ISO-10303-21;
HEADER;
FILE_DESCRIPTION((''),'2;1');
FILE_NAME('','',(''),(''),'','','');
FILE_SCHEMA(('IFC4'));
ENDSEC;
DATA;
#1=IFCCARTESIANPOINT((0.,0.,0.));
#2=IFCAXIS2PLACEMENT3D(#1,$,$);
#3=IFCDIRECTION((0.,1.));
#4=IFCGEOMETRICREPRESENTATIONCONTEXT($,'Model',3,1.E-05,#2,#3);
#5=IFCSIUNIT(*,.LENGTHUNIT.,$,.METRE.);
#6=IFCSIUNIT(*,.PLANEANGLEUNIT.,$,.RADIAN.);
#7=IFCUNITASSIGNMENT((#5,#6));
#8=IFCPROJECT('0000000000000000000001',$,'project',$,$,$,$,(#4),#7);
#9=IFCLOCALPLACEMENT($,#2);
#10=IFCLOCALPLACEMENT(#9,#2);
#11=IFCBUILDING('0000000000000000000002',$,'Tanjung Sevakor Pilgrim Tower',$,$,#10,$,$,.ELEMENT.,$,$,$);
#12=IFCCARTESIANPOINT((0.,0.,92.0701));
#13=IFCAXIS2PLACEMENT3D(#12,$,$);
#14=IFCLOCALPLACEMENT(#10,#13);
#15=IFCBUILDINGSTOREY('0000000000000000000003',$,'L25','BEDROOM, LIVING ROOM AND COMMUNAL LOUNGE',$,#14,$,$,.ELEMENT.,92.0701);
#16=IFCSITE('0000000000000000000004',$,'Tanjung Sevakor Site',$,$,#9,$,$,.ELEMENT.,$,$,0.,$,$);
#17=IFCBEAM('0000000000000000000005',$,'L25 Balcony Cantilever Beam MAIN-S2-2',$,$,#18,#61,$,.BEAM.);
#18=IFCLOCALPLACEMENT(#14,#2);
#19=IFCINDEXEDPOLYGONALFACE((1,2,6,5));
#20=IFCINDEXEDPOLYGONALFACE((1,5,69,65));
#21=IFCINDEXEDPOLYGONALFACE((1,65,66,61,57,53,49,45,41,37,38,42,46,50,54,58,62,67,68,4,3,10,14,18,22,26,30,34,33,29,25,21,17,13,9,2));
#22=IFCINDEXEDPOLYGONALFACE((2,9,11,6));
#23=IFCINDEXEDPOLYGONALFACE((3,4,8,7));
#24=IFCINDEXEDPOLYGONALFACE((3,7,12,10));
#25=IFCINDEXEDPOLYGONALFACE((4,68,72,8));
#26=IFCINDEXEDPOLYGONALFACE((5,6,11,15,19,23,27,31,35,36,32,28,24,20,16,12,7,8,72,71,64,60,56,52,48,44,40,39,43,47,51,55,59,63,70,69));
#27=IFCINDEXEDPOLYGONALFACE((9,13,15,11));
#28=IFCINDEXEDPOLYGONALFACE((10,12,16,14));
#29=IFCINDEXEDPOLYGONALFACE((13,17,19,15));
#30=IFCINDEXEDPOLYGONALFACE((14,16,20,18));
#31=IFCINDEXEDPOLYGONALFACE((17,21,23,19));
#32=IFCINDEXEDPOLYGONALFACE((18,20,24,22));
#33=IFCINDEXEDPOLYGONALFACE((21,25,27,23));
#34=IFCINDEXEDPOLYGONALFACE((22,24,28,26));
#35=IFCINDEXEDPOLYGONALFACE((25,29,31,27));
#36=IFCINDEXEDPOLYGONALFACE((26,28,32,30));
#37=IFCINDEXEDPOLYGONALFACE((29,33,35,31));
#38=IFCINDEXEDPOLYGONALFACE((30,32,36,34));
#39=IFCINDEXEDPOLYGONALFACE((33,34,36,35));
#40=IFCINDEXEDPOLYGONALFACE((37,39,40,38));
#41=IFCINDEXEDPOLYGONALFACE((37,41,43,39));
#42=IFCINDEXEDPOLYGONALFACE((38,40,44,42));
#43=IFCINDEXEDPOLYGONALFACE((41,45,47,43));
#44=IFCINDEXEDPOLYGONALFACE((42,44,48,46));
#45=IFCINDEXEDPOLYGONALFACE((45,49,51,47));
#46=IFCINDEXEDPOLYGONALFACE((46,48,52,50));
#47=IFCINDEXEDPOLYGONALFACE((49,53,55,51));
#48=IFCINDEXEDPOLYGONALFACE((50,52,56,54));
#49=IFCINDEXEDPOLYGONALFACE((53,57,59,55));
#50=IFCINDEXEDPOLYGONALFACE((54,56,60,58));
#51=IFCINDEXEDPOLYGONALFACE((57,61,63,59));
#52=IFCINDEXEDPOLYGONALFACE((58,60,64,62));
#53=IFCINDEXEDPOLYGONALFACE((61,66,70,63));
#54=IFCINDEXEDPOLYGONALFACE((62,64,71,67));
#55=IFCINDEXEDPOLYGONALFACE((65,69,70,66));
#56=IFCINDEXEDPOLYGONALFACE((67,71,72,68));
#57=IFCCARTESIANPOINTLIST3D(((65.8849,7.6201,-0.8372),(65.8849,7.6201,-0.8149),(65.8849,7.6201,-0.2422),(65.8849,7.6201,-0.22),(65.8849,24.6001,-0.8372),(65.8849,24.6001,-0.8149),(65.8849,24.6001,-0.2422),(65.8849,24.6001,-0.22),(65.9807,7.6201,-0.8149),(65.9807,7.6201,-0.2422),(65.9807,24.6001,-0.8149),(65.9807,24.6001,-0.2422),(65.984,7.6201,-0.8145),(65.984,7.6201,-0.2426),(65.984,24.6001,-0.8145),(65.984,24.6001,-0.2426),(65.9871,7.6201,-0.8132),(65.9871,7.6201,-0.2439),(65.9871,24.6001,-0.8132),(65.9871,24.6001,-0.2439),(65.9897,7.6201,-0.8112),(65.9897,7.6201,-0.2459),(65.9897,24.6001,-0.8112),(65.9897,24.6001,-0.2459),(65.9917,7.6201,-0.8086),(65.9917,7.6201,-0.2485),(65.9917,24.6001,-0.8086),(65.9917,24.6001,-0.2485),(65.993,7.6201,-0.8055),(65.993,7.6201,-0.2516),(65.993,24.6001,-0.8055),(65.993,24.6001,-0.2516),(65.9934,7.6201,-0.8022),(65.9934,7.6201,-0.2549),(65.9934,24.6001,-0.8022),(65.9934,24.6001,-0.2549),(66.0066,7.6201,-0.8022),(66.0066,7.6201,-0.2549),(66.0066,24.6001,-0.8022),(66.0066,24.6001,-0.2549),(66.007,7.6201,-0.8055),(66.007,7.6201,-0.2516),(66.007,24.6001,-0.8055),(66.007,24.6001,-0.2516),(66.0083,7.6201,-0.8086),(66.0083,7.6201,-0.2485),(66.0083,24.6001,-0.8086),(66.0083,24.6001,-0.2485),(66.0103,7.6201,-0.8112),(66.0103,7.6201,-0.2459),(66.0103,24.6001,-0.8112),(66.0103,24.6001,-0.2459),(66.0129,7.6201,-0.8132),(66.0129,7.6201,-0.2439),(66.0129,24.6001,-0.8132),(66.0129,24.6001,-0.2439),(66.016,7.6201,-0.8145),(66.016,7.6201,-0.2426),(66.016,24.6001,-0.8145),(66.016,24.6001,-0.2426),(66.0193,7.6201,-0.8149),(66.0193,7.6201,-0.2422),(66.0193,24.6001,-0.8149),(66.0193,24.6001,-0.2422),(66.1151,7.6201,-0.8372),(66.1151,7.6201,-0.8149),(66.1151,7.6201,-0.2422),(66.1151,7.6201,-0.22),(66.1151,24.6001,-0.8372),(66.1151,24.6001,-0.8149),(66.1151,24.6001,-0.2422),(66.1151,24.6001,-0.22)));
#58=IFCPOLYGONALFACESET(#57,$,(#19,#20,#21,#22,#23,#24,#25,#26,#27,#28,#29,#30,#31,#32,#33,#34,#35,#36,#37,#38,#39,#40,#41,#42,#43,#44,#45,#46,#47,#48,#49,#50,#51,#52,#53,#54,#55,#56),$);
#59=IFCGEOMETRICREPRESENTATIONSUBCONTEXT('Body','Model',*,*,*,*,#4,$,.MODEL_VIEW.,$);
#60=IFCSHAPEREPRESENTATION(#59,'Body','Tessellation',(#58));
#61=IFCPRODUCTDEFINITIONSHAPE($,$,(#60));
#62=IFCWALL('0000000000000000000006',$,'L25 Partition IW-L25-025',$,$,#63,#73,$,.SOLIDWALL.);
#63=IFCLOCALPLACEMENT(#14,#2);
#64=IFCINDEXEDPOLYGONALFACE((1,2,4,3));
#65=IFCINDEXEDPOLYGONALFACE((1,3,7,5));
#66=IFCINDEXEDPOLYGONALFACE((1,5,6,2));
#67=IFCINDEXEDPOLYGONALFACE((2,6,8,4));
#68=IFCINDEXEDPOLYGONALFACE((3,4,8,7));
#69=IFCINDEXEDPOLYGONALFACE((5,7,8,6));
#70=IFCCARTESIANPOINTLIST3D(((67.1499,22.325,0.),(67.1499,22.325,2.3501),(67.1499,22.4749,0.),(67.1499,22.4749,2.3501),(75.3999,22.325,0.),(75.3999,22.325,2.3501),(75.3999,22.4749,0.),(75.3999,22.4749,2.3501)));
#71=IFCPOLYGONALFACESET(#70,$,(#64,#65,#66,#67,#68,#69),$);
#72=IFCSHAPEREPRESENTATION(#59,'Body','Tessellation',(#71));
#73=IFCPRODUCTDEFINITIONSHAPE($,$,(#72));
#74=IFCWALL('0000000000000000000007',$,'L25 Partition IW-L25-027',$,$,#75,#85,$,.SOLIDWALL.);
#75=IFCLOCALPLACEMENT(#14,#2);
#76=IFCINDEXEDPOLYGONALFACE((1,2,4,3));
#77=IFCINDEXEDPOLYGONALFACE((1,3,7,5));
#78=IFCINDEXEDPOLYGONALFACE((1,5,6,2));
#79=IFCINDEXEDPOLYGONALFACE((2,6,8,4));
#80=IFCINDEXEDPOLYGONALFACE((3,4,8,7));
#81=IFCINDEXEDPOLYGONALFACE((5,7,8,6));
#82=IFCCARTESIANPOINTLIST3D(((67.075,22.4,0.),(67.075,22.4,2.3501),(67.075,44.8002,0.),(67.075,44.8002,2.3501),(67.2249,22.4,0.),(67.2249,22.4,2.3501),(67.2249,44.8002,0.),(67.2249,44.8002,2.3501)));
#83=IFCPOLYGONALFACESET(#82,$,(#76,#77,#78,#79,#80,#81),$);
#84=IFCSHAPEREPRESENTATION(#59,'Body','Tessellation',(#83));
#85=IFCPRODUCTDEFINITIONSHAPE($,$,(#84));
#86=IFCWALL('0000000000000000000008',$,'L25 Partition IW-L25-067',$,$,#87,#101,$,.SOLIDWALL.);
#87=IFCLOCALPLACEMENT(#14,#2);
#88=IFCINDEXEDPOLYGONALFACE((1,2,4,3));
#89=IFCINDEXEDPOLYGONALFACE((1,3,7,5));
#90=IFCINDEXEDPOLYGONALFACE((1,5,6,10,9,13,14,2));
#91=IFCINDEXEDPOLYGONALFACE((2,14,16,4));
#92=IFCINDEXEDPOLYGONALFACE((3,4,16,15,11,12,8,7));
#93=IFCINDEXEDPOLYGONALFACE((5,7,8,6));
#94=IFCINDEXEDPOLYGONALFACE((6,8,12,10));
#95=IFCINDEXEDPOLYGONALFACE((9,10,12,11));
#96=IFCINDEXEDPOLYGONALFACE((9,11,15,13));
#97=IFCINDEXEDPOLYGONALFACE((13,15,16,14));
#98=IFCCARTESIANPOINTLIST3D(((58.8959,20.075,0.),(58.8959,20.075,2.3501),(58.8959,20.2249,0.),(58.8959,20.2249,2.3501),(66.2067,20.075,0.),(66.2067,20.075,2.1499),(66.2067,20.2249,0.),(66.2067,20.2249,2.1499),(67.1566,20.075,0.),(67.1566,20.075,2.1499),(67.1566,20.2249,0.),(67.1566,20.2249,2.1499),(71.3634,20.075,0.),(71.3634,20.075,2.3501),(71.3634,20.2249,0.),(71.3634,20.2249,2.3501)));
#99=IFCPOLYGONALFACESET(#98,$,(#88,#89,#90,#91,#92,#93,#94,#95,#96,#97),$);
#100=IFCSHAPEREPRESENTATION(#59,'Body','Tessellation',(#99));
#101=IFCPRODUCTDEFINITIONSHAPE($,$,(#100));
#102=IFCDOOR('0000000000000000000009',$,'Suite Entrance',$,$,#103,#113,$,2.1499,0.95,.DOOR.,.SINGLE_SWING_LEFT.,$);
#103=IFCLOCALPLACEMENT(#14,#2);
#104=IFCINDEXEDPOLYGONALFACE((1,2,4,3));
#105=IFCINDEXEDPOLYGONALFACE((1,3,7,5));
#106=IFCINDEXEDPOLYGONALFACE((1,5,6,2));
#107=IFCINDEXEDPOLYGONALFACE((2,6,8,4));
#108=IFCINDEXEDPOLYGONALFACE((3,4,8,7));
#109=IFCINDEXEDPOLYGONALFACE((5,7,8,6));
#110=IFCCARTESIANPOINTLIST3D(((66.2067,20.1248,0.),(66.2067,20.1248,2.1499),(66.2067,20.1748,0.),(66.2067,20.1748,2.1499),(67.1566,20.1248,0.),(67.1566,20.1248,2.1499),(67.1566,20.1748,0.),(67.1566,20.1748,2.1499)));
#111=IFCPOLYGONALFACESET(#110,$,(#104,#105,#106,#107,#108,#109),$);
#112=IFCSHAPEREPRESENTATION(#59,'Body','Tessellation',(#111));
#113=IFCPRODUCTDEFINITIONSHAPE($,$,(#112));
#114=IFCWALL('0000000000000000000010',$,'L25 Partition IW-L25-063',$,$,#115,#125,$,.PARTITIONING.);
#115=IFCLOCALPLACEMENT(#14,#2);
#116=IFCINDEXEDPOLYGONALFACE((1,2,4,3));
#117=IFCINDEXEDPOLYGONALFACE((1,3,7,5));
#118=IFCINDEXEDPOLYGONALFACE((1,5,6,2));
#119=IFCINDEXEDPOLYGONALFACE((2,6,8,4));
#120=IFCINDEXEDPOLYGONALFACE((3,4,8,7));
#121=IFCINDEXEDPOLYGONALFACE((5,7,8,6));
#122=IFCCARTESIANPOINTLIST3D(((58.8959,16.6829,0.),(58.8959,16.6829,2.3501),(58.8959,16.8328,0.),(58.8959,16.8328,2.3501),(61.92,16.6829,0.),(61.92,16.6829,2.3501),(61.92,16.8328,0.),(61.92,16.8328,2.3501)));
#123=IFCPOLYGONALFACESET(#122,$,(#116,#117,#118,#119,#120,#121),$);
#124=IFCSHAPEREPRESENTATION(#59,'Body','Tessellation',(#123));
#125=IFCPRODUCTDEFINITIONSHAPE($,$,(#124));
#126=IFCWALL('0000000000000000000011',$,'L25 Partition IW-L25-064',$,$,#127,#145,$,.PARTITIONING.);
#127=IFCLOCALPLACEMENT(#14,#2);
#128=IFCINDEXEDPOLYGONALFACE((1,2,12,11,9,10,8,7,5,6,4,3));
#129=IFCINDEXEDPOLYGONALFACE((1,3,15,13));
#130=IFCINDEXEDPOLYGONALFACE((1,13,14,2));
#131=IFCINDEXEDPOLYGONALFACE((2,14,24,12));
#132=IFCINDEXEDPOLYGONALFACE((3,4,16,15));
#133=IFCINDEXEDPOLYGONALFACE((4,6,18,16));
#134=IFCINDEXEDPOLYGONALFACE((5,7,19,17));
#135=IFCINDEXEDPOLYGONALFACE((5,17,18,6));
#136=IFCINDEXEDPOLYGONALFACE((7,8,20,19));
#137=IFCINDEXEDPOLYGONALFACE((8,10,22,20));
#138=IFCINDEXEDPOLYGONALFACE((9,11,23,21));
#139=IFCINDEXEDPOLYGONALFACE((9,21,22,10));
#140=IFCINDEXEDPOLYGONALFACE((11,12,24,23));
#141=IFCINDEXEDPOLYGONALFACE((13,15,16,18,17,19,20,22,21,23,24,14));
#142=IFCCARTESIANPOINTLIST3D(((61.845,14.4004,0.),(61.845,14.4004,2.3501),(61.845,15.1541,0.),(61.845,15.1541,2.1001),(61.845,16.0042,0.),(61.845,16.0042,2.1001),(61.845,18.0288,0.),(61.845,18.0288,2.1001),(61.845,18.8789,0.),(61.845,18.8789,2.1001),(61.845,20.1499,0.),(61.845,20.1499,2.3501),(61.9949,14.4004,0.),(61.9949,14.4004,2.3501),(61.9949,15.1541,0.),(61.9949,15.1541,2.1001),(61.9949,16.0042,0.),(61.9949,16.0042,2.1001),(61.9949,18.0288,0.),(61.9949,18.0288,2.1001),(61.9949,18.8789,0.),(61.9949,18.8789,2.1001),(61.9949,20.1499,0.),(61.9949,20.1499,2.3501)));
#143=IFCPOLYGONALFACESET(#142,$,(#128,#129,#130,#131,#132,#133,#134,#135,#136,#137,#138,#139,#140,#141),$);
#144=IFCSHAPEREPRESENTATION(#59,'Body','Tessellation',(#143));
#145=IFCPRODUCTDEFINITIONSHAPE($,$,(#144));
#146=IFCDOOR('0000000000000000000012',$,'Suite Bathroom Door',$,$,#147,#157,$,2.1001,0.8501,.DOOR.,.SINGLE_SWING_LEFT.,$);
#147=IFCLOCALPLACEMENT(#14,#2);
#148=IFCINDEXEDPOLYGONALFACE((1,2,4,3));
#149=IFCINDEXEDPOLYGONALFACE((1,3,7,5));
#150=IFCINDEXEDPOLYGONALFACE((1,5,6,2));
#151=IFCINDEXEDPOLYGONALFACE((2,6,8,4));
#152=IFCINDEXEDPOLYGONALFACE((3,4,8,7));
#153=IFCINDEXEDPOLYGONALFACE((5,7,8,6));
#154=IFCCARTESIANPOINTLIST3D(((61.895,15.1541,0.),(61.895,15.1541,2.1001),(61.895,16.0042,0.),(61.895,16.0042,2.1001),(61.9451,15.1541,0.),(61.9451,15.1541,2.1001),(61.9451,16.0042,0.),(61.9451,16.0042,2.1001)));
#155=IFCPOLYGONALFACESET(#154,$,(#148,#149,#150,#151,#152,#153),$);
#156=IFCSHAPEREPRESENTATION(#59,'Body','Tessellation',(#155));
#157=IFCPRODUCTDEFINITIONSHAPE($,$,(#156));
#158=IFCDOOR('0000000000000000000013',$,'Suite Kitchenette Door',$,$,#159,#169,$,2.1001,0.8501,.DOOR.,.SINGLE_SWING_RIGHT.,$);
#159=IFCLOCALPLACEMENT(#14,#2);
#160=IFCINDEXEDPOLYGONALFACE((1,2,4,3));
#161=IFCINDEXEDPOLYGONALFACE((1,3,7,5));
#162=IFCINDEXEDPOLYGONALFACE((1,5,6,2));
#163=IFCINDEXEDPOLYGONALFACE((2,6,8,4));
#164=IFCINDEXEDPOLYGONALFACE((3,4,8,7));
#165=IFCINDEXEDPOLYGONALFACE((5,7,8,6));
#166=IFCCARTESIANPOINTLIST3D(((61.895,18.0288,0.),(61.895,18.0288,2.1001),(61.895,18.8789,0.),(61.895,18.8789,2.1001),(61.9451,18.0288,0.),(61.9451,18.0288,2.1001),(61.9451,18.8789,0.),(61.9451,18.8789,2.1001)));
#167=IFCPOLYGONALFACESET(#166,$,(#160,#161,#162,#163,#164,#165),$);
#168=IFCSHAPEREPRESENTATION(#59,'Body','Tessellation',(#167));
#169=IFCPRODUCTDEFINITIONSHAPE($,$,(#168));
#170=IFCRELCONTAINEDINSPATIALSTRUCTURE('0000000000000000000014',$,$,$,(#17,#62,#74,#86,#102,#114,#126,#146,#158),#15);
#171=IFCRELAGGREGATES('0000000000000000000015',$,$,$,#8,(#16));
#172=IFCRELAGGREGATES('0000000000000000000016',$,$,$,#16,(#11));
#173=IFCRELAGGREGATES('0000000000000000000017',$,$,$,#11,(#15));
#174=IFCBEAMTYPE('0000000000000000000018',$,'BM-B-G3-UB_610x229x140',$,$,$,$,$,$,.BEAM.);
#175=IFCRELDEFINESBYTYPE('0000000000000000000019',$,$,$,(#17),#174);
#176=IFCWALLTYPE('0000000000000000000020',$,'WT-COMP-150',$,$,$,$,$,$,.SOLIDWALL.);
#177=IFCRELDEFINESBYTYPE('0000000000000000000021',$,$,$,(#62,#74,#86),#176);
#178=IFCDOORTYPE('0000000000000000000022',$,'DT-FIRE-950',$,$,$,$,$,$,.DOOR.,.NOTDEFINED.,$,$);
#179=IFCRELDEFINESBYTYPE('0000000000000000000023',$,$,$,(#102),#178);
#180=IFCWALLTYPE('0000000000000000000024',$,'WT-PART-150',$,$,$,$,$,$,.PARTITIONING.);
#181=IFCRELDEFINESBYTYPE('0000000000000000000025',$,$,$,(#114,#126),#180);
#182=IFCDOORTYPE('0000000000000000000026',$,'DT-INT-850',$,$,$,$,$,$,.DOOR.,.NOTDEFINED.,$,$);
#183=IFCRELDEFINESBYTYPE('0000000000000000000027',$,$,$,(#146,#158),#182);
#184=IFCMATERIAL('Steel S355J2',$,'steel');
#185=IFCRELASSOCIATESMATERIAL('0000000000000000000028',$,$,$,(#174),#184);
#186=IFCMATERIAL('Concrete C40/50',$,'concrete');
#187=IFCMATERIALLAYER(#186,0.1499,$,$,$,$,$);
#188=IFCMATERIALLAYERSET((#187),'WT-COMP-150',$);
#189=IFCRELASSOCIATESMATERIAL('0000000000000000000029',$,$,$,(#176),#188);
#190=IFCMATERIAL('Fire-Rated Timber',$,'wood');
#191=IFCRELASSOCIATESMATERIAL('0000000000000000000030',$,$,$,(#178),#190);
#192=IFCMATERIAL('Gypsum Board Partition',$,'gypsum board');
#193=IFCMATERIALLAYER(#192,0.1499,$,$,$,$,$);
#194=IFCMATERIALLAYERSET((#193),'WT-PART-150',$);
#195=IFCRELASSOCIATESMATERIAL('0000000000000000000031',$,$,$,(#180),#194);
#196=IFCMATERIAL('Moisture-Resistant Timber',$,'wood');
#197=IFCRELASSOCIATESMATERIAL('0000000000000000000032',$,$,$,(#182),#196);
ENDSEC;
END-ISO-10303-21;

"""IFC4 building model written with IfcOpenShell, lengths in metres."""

from ifc_helpers import new_model, si_unit, direction, frame, frame_2d, origin, origin_2d, place, context, subcontext, project, spatial, rectangle, i_section, extrude, material, layer, layer_set, material_profile, profile_set, type_object, element, fill, save


model = new_model("IFC4")

# Units and contexts
model_context = context("Model", 3, precision=1e-05, world=origin(), true_north=direction((0.0, 1.0)))
body_context = subcontext(model_context, "Body", "Model", "MODEL_VIEW")
ifc_project = project(units=[si_unit("LENGTHUNIT", "METRE"), si_unit("PLANEANGLEUNIT", "RADIAN")], contexts=[model_context])

# Site, building, storey
site_placement = place(None, origin())
site = spatial("IfcSite", under=ifc_project, at=site_placement, Name="Tanjung Sevakor Site", CompositionType="ELEMENT", RefElevation=0.0)
building_placement = place(site_placement, origin())
building = spatial("IfcBuilding", under=site, at=building_placement, Name="Tanjung Sevakor Pilgrim Tower", CompositionType="ELEMENT")
storey_placement = place(building_placement, frame((0.0, 0.0, 92.0701)))
storey = spatial("IfcBuildingStorey", under=building, at=storey_placement, Name="L25", Description="BEDROOM, LIVING ROOM AND COMMUNAL LOUNGE", CompositionType="ELEMENT", Elevation=92.0701)

# Beam
ifc_material_1 = material(Name="Steel S355J2", Category="steel")
ifc_material_profile_1 = material_profile(ifc_material_1, i_section(OverallWidth=0.2302, OverallDepth=0.6172, WebThickness=0.0132, FlangeThickness=0.0222, FilletRadius=0.0127, at=origin_2d()))
ifc_profile_set_1 = profile_set([ifc_material_profile_1], Name="Steel S355J2")
beam_type_1 = type_object("IfcBeamType", Name="BM-B-G3-UB_610x229x140", PredefinedType="BEAM", material=ifc_profile_set_1)
for number, where, z_axis, x_axis, name in (
    (1, (66.0, 24.6001, -0.5286), (0.0, -1.0, 0.0), (1.0, 0.0, 0.0), "L25 Balcony Cantilever Beam MAIN-S2-2"),
):
    element("IfcBeam", number, at=place(storey_placement, frame(where, z_axis=z_axis, x_axis=x_axis)), inside=storey, type_object=beam_type_1, Name=name, PredefinedType="BEAM", context=body_context, shape_type="SweptSolid", body=[
        extrude(i_section(OverallWidth=0.2302, OverallDepth=0.6172, WebThickness=0.0132, FlangeThickness=0.0222, FilletRadius=0.0127, at=origin_2d()), origin(), (0.0, 0.0, 1.0), 16.98),
    ])

# Walls
ifc_material_2 = material(Name="Concrete C40/50", Category="concrete")
ifc_layer_1 = layer(ifc_material_2, 0.1499)
ifc_layer_set_1 = layer_set([ifc_layer_1], Name="WT-COMP-150")
wall_type_1 = type_object("IfcWallType", Name="WT-COMP-150", PredefinedType="SOLIDWALL", material=ifc_layer_set_1)
wall_1_placement = place(storey_placement, frame((67.1499, 22.3999, 0.0), z_axis=(0.0, 0.0, 1.0), x_axis=(1.0, 0.0, 0.0)))
element("IfcWall", 2, at=wall_1_placement, inside=storey, type_object=wall_type_1, Name="L25 Partition IW-L25-025", PredefinedType="SOLIDWALL", context=body_context, shape_type="SweptSolid", body=[
    extrude(rectangle(XDim=8.25, YDim=0.1499, at=frame_2d((4.125, 0.0))), origin(), (0.0, 0.0, 1.0), 2.3501),
])
wall_2_placement = place(storey_placement, frame((67.1499, 22.3999, 0.0), z_axis=(0.0, 0.0, 1.0), x_axis=(0.0, 1.0, 0.0)))
element("IfcWall", 3, at=wall_2_placement, inside=storey, type_object=wall_type_1, Name="L25 Partition IW-L25-027", PredefinedType="SOLIDWALL", context=body_context, shape_type="SweptSolid", body=[
    extrude(rectangle(XDim=22.4001, YDim=0.1499, at=frame_2d((11.2002, 0.0))), origin(), (0.0, 0.0, 1.0), 2.3501),
])

# Wall, opening, door
wall_3_placement = place(storey_placement, frame((58.8958, 20.1499, 0.0), z_axis=(0.0, 0.0, 1.0), x_axis=(1.0, 0.0, 0.0)))
wall_3 = element("IfcWall", 4, at=wall_3_placement, inside=storey, type_object=wall_type_1, Name="L25 Partition IW-L25-067", PredefinedType="SOLIDWALL", context=body_context, shape_type="SweptSolid", body=[
    extrude(rectangle(XDim=12.4675, YDim=0.1499, at=frame_2d((6.2339, 0.0))), origin(), (0.0, 0.0, 1.0), 2.3501),
])
opening_1_placement = place(wall_3_placement, frame((7.3108, 0.0, 0.0)))
opening_1 = element("IfcOpeningElement", 5, at=opening_1_placement, cuts=wall_3, PredefinedType="OPENING", context=body_context, shape_type="SweptSolid", body=[
    extrude(rectangle(XDim=0.95, YDim=2.1499, at=frame_2d((0.4751, 1.075))), frame((0.0, 0.085, 0.0), z_axis=(0.0, -1.0, 0.0), x_axis=(1.0, 0.0, 0.0)), (0.0, 0.0, 1.0), 0.1699),
])
ifc_material_3 = material(Name="Fire-Rated Timber", Category="wood")
door_type_1 = type_object("IfcDoorType", Name="DT-FIRE-950", OperationType="NOTDEFINED", PredefinedType="DOOR", material=ifc_material_3)
door_1_placement = place(opening_1_placement, origin())
door_1 = element("IfcDoor", 6, at=door_1_placement, inside=storey, type_object=door_type_1, Name="Suite Entrance", OperationType="SINGLE_SWING_LEFT", OverallHeight=2.1499, OverallWidth=0.95, PredefinedType="DOOR", context=body_context, shape_type="SweptSolid", body=[
    extrude(rectangle(XDim=0.95, YDim=2.1499, at=frame_2d((0.4751, 1.075))), frame((0.0, 0.0249, 0.0), z_axis=(0.0, -1.0, 0.0), x_axis=(1.0, 0.0, 0.0)), (0.0, 0.0, 1.0), 0.05),
])
fill(opening_1, door_1)

# Wall
ifc_material_4 = material(Name="Gypsum Board Partition", Category="gypsum board")
ifc_layer_2 = layer(ifc_material_4, 0.1499)
ifc_layer_set_2 = layer_set([ifc_layer_2], Name="WT-PART-150")
wall_type_2 = type_object("IfcWallType", Name="WT-PART-150", PredefinedType="PARTITIONING", material=ifc_layer_set_2)
wall_4_placement = place(storey_placement, frame((58.8958, 16.7578, 0.0), z_axis=(0.0, 0.0, 1.0), x_axis=(1.0, 0.0, 0.0)))
element("IfcWall", 7, at=wall_4_placement, inside=storey, type_object=wall_type_2, Name="L25 Partition IW-L25-063", PredefinedType="PARTITIONING", context=body_context, shape_type="SweptSolid", body=[
    extrude(rectangle(XDim=3.0242, YDim=0.1499, at=frame_2d((1.5122, 0.0))), origin(), (0.0, 0.0, 1.0), 2.3501),
])

# Wall, openings, doors
wall_5_placement = place(storey_placement, frame((61.9199, 14.4004, 0.0), z_axis=(0.0, 0.0, 1.0), x_axis=(0.0, 1.0, 0.0)))
wall_5 = element("IfcWall", 8, at=wall_5_placement, inside=storey, type_object=wall_type_2, Name="L25 Partition IW-L25-064", PredefinedType="PARTITIONING", context=body_context, shape_type="SweptSolid", body=[
    extrude(rectangle(XDim=5.7495, YDim=0.1499, at=frame_2d((2.8748, 0.0))), origin(), (0.0, 0.0, 1.0), 2.3501),
])
opening_2_placement = place(wall_5_placement, frame((0.7537, 0.0, 0.0)))
opening_2 = element("IfcOpeningElement", 9, at=opening_2_placement, cuts=wall_5, PredefinedType="OPENING", context=body_context, shape_type="SweptSolid", body=[
    extrude(rectangle(XDim=0.8501, YDim=2.1001, at=frame_2d((0.425, 1.05))), frame((0.0, 0.085, 0.0), z_axis=(0.0, -1.0, 0.0), x_axis=(1.0, 0.0, 0.0)), (0.0, 0.0, 1.0), 0.1699),
])
opening_3_placement = place(wall_5_placement, frame((3.6284, 0.0, 0.0)))
opening_3 = element("IfcOpeningElement", 10, at=opening_3_placement, cuts=wall_5, PredefinedType="OPENING", context=body_context, shape_type="SweptSolid", body=[
    extrude(rectangle(XDim=0.8501, YDim=2.1001, at=frame_2d((0.425, 1.05))), frame((0.0, 0.085, 0.0), z_axis=(0.0, -1.0, 0.0), x_axis=(1.0, 0.0, 0.0)), (0.0, 0.0, 1.0), 0.1699),
])
ifc_material_5 = material(Name="Moisture-Resistant Timber", Category="wood")
door_type_2 = type_object("IfcDoorType", Name="DT-INT-850", OperationType="NOTDEFINED", PredefinedType="DOOR", material=ifc_material_5)
door_2_placement = place(opening_2_placement, origin())
door_2 = element("IfcDoor", 11, at=door_2_placement, inside=storey, type_object=door_type_2, Name="Suite Bathroom Door", OperationType="SINGLE_SWING_LEFT", OverallHeight=2.1001, OverallWidth=0.8501, PredefinedType="DOOR", context=body_context, shape_type="SweptSolid", body=[
    extrude(rectangle(XDim=0.8501, YDim=2.1001, at=frame_2d((0.425, 1.05))), frame((0.0, 0.0249, 0.0), z_axis=(0.0, -1.0, 0.0), x_axis=(1.0, 0.0, 0.0)), (0.0, 0.0, 1.0), 0.05),
])
fill(opening_2, door_2)
door_3_placement = place(opening_3_placement, origin())
door_3 = element("IfcDoor", 12, at=door_3_placement, inside=storey, type_object=door_type_2, Name="Suite Kitchenette Door", OperationType="SINGLE_SWING_RIGHT", OverallHeight=2.1001, OverallWidth=0.8501, PredefinedType="DOOR", context=body_context, shape_type="SweptSolid", body=[
    extrude(rectangle(XDim=0.8501, YDim=2.1001, at=frame_2d((0.425, 1.05))), frame((0.0, 0.0249, 0.0), z_axis=(0.0, -1.0, 0.0), x_axis=(1.0, 0.0, 0.0)), (0.0, 0.0, 1.0), 0.05),
])
fill(opening_3, door_3)

save(model, "model.ifc")
